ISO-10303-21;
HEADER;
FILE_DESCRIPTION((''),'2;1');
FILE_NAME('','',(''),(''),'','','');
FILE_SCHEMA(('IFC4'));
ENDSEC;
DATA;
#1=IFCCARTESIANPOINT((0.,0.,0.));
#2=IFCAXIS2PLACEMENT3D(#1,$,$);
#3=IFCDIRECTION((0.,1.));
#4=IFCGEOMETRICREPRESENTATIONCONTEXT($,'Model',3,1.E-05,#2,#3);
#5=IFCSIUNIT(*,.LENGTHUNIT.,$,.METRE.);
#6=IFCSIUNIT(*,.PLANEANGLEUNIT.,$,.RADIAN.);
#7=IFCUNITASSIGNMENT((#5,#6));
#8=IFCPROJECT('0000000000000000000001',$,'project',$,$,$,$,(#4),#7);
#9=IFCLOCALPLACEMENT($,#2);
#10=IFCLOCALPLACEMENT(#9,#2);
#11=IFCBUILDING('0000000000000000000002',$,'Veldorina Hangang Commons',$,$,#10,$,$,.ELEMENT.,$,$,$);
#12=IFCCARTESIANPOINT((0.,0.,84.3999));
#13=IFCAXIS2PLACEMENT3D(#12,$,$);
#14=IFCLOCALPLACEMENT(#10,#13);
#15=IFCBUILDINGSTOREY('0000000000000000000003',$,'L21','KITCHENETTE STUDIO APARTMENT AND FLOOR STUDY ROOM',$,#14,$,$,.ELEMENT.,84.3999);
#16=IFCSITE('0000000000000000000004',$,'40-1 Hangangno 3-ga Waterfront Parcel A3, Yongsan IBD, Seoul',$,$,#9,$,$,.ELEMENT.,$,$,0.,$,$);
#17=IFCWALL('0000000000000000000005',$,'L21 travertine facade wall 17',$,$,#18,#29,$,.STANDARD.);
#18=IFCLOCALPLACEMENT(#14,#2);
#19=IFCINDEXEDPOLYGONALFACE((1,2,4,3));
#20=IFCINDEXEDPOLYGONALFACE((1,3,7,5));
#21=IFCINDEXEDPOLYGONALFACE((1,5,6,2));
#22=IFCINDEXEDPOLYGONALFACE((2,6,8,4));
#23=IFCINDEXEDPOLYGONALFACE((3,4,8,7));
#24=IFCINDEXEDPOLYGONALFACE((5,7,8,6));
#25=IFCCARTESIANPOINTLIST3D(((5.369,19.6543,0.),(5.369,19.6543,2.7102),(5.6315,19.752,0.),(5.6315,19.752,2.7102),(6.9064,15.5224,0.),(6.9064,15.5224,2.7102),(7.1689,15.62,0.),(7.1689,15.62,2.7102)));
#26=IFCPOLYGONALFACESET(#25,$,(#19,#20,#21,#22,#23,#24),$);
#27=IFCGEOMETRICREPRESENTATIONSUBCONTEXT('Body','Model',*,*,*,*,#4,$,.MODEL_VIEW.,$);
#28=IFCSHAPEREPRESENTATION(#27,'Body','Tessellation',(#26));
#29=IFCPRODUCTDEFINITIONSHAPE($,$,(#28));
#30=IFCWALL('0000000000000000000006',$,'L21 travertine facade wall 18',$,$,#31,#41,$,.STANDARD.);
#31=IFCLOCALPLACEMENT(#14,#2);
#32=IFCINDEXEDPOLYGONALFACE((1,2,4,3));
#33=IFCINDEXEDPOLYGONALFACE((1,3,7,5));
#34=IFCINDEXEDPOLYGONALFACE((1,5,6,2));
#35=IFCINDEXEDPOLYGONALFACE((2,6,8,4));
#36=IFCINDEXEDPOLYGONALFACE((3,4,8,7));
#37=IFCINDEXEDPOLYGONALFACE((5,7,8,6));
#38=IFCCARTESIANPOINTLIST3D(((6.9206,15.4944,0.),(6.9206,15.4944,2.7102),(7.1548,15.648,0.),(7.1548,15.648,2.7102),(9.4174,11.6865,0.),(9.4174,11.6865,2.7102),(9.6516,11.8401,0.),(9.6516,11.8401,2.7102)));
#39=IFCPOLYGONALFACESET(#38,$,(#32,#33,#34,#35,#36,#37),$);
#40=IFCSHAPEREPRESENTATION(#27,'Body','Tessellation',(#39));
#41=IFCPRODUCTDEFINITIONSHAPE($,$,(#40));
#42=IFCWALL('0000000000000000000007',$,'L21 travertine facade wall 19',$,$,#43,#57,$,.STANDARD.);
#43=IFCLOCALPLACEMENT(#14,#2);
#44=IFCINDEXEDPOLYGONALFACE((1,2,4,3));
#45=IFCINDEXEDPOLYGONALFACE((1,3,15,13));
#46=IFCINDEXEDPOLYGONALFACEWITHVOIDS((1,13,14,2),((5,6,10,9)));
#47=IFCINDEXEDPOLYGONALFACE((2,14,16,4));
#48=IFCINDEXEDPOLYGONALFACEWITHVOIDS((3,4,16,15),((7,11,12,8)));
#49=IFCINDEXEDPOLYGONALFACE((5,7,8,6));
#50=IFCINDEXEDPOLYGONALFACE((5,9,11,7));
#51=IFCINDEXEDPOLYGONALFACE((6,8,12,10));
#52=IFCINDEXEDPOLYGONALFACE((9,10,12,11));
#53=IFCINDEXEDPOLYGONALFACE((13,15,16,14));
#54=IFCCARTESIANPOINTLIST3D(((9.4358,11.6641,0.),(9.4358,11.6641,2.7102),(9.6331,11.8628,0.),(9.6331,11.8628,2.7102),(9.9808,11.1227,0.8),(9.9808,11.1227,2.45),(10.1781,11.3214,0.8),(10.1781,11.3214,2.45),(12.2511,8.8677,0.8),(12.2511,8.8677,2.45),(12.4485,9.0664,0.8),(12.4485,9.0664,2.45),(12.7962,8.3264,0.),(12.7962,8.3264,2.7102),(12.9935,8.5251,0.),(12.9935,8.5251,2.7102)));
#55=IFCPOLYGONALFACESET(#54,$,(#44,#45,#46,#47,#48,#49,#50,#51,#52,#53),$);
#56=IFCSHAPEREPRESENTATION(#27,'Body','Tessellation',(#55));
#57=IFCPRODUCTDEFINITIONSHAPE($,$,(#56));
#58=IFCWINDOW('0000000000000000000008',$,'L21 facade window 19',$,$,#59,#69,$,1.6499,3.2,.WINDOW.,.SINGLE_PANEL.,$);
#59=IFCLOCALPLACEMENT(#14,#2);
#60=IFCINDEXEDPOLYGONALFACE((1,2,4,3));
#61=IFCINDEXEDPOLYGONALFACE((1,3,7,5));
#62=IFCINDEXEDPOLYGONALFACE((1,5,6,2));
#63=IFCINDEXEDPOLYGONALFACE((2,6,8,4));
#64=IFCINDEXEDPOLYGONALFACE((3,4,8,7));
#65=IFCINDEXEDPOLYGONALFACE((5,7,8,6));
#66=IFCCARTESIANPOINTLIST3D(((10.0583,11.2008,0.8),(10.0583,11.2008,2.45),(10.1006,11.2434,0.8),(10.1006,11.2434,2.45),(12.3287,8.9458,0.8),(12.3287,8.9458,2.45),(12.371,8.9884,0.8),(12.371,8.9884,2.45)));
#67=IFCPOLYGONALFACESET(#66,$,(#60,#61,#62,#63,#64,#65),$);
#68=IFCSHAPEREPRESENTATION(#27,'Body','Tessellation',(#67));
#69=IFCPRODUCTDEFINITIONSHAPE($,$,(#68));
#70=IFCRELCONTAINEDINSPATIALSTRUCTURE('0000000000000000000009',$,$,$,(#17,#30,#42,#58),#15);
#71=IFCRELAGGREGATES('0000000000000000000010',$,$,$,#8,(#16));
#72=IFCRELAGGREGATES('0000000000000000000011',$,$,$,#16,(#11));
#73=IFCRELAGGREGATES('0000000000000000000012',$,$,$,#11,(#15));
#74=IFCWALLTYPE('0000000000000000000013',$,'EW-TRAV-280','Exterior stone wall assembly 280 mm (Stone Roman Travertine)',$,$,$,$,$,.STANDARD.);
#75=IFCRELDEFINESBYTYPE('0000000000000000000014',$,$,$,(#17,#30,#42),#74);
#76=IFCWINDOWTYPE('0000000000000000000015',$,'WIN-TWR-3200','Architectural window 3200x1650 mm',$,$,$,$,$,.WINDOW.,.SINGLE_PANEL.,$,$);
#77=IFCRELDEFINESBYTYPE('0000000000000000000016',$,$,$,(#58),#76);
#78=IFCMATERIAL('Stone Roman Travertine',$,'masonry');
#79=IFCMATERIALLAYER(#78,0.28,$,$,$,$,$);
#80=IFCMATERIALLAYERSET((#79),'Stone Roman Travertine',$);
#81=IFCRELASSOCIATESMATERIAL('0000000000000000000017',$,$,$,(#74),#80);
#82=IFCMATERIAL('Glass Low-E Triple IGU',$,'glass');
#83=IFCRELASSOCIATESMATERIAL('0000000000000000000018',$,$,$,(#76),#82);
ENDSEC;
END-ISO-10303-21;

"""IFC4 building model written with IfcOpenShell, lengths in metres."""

from ifc_helpers import new_model, si_unit, direction, frame, frame_2d, origin, place, context, subcontext, project, spatial, rectangle, extrude, material, layer, layer_set, type_object, element, fill, save


model = new_model("IFC4")

# Units and contexts
model_context = context("Model", 3, precision=1e-05, world=origin(), true_north=direction((0.0, 1.0)))
body_context = subcontext(model_context, "Body", "Model", "MODEL_VIEW")
ifc_project = project(units=[si_unit("LENGTHUNIT", "METRE"), si_unit("PLANEANGLEUNIT", "RADIAN")], contexts=[model_context])

# Site, building, storey
site_placement = place(None, origin())
site = spatial("IfcSite", under=ifc_project, at=site_placement, Name="40-1 Hangangno 3-ga Waterfront Parcel A3, Yongsan IBD, Seoul", CompositionType="ELEMENT", RefElevation=0.0)
building_placement = place(site_placement, origin())
building = spatial("IfcBuilding", under=site, at=building_placement, Name="Veldorina Hangang Commons", CompositionType="ELEMENT")
storey_placement = place(building_placement, frame((0.0, 0.0, 84.3999)))
storey = spatial("IfcBuildingStorey", under=building, at=storey_placement, Name="L21", Description="KITCHENETTE STUDIO APARTMENT AND FLOOR STUDY ROOM", CompositionType="ELEMENT", Elevation=84.3999)

# Walls
ifc_material_1 = material(Name="Stone Roman Travertine", Category="masonry")
ifc_layer_1 = layer(ifc_material_1, 0.28)
ifc_layer_set_1 = layer_set([ifc_layer_1], Name="Stone Roman Travertine")
wall_type = type_object("IfcWallType", Name="EW-TRAV-280", Description="Exterior stone wall assembly 280 mm (Stone Roman Travertine)", PredefinedType="STANDARD", material=ifc_layer_set_1)
wall_1_placement = place(storey_placement, frame((5.5002, 19.7031, 0.0), z_axis=(0.0, 0.0, 1.0), x_axis=(0.348719, -0.937227, 0.0)))
element("IfcWall", 1, at=wall_1_placement, inside=storey, type_object=wall_type, Name="L21 travertine facade wall 17", PredefinedType="STANDARD", context=body_context, shape_type="SweptSolid", body=[
    extrude(rectangle(XDim=4.4087, YDim=0.28, at=frame_2d((2.2043, 0.0))), origin(), (0.0, 0.0, 1.0), 2.7102),
])
wall_2_placement = place(storey_placement, frame((7.0376, 15.5713, 0.0), z_axis=(0.0, 0.0, 1.0), x_axis=(0.548337, -0.836258, 0.0)))
element("IfcWall", 2, at=wall_2_placement, inside=storey, type_object=wall_type, Name="L21 travertine facade wall 18", PredefinedType="STANDARD", context=body_context, shape_type="SweptSolid", body=[
    extrude(rectangle(XDim=4.5535, YDim=0.28, at=frame_2d((2.2769, 0.0))), origin(), (0.0, 0.0, 1.0), 2.7102),
])

# Wall, opening, window
wall_3_placement = place(storey_placement, frame((9.5344, 11.7634, 0.0), z_axis=(0.0, 0.0, 1.0), x_axis=(0.7095, -0.704706, 0.0)))
wall_3 = element("IfcWall", 3, at=wall_3_placement, inside=storey, type_object=wall_type, Name="L21 travertine facade wall 19", PredefinedType="STANDARD", context=body_context, shape_type="SweptSolid", body=[
    extrude(rectangle(XDim=4.7363, YDim=0.28, at=frame_2d((2.3682, 0.0))), origin(), (0.0, 0.0, 1.0), 2.7102),
])
opening_placement = place(wall_3_placement, frame((0.7681, 0.0, 0.8)))
opening = element("IfcOpeningElement", 4, at=opening_placement, cuts=wall_3, PredefinedType="OPENING", context=body_context, shape_type="SweptSolid", body=[
    extrude(rectangle(XDim=3.2, YDim=1.6499, at=frame_2d((1.6001, 0.825))), frame((0.0, 0.1499, 0.0), z_axis=(0.0, -1.0, 0.0), x_axis=(1.0, 0.0, 0.0)), (0.0, 0.0, 1.0), 0.3),
])
ifc_material_2 = material(Name="Glass Low-E Triple IGU", Category="glass")
window_type = type_object("IfcWindowType", Name="WIN-TWR-3200", Description="Architectural window 3200x1650 mm", PartitioningType="SINGLE_PANEL", PredefinedType="WINDOW", material=ifc_material_2)
window_placement = place(opening_placement, origin())
window = element("IfcWindow", 5, at=window_placement, inside=storey, type_object=window_type, Name="L21 facade window 19", OverallHeight=1.6499, OverallWidth=3.2, PartitioningType="SINGLE_PANEL", PredefinedType="WINDOW", context=body_context, shape_type="SweptSolid", body=[
    extrude(rectangle(XDim=3.2, YDim=1.6499, at=frame_2d((1.6001, 0.825))), frame((0.0, 0.03, 0.0), z_axis=(0.0, -1.0, 0.0), x_axis=(1.0, 0.0, 0.0)), (0.0, 0.0, 1.0), 0.0601),
])
fill(opening, window)

save(model, "model.ifc")
